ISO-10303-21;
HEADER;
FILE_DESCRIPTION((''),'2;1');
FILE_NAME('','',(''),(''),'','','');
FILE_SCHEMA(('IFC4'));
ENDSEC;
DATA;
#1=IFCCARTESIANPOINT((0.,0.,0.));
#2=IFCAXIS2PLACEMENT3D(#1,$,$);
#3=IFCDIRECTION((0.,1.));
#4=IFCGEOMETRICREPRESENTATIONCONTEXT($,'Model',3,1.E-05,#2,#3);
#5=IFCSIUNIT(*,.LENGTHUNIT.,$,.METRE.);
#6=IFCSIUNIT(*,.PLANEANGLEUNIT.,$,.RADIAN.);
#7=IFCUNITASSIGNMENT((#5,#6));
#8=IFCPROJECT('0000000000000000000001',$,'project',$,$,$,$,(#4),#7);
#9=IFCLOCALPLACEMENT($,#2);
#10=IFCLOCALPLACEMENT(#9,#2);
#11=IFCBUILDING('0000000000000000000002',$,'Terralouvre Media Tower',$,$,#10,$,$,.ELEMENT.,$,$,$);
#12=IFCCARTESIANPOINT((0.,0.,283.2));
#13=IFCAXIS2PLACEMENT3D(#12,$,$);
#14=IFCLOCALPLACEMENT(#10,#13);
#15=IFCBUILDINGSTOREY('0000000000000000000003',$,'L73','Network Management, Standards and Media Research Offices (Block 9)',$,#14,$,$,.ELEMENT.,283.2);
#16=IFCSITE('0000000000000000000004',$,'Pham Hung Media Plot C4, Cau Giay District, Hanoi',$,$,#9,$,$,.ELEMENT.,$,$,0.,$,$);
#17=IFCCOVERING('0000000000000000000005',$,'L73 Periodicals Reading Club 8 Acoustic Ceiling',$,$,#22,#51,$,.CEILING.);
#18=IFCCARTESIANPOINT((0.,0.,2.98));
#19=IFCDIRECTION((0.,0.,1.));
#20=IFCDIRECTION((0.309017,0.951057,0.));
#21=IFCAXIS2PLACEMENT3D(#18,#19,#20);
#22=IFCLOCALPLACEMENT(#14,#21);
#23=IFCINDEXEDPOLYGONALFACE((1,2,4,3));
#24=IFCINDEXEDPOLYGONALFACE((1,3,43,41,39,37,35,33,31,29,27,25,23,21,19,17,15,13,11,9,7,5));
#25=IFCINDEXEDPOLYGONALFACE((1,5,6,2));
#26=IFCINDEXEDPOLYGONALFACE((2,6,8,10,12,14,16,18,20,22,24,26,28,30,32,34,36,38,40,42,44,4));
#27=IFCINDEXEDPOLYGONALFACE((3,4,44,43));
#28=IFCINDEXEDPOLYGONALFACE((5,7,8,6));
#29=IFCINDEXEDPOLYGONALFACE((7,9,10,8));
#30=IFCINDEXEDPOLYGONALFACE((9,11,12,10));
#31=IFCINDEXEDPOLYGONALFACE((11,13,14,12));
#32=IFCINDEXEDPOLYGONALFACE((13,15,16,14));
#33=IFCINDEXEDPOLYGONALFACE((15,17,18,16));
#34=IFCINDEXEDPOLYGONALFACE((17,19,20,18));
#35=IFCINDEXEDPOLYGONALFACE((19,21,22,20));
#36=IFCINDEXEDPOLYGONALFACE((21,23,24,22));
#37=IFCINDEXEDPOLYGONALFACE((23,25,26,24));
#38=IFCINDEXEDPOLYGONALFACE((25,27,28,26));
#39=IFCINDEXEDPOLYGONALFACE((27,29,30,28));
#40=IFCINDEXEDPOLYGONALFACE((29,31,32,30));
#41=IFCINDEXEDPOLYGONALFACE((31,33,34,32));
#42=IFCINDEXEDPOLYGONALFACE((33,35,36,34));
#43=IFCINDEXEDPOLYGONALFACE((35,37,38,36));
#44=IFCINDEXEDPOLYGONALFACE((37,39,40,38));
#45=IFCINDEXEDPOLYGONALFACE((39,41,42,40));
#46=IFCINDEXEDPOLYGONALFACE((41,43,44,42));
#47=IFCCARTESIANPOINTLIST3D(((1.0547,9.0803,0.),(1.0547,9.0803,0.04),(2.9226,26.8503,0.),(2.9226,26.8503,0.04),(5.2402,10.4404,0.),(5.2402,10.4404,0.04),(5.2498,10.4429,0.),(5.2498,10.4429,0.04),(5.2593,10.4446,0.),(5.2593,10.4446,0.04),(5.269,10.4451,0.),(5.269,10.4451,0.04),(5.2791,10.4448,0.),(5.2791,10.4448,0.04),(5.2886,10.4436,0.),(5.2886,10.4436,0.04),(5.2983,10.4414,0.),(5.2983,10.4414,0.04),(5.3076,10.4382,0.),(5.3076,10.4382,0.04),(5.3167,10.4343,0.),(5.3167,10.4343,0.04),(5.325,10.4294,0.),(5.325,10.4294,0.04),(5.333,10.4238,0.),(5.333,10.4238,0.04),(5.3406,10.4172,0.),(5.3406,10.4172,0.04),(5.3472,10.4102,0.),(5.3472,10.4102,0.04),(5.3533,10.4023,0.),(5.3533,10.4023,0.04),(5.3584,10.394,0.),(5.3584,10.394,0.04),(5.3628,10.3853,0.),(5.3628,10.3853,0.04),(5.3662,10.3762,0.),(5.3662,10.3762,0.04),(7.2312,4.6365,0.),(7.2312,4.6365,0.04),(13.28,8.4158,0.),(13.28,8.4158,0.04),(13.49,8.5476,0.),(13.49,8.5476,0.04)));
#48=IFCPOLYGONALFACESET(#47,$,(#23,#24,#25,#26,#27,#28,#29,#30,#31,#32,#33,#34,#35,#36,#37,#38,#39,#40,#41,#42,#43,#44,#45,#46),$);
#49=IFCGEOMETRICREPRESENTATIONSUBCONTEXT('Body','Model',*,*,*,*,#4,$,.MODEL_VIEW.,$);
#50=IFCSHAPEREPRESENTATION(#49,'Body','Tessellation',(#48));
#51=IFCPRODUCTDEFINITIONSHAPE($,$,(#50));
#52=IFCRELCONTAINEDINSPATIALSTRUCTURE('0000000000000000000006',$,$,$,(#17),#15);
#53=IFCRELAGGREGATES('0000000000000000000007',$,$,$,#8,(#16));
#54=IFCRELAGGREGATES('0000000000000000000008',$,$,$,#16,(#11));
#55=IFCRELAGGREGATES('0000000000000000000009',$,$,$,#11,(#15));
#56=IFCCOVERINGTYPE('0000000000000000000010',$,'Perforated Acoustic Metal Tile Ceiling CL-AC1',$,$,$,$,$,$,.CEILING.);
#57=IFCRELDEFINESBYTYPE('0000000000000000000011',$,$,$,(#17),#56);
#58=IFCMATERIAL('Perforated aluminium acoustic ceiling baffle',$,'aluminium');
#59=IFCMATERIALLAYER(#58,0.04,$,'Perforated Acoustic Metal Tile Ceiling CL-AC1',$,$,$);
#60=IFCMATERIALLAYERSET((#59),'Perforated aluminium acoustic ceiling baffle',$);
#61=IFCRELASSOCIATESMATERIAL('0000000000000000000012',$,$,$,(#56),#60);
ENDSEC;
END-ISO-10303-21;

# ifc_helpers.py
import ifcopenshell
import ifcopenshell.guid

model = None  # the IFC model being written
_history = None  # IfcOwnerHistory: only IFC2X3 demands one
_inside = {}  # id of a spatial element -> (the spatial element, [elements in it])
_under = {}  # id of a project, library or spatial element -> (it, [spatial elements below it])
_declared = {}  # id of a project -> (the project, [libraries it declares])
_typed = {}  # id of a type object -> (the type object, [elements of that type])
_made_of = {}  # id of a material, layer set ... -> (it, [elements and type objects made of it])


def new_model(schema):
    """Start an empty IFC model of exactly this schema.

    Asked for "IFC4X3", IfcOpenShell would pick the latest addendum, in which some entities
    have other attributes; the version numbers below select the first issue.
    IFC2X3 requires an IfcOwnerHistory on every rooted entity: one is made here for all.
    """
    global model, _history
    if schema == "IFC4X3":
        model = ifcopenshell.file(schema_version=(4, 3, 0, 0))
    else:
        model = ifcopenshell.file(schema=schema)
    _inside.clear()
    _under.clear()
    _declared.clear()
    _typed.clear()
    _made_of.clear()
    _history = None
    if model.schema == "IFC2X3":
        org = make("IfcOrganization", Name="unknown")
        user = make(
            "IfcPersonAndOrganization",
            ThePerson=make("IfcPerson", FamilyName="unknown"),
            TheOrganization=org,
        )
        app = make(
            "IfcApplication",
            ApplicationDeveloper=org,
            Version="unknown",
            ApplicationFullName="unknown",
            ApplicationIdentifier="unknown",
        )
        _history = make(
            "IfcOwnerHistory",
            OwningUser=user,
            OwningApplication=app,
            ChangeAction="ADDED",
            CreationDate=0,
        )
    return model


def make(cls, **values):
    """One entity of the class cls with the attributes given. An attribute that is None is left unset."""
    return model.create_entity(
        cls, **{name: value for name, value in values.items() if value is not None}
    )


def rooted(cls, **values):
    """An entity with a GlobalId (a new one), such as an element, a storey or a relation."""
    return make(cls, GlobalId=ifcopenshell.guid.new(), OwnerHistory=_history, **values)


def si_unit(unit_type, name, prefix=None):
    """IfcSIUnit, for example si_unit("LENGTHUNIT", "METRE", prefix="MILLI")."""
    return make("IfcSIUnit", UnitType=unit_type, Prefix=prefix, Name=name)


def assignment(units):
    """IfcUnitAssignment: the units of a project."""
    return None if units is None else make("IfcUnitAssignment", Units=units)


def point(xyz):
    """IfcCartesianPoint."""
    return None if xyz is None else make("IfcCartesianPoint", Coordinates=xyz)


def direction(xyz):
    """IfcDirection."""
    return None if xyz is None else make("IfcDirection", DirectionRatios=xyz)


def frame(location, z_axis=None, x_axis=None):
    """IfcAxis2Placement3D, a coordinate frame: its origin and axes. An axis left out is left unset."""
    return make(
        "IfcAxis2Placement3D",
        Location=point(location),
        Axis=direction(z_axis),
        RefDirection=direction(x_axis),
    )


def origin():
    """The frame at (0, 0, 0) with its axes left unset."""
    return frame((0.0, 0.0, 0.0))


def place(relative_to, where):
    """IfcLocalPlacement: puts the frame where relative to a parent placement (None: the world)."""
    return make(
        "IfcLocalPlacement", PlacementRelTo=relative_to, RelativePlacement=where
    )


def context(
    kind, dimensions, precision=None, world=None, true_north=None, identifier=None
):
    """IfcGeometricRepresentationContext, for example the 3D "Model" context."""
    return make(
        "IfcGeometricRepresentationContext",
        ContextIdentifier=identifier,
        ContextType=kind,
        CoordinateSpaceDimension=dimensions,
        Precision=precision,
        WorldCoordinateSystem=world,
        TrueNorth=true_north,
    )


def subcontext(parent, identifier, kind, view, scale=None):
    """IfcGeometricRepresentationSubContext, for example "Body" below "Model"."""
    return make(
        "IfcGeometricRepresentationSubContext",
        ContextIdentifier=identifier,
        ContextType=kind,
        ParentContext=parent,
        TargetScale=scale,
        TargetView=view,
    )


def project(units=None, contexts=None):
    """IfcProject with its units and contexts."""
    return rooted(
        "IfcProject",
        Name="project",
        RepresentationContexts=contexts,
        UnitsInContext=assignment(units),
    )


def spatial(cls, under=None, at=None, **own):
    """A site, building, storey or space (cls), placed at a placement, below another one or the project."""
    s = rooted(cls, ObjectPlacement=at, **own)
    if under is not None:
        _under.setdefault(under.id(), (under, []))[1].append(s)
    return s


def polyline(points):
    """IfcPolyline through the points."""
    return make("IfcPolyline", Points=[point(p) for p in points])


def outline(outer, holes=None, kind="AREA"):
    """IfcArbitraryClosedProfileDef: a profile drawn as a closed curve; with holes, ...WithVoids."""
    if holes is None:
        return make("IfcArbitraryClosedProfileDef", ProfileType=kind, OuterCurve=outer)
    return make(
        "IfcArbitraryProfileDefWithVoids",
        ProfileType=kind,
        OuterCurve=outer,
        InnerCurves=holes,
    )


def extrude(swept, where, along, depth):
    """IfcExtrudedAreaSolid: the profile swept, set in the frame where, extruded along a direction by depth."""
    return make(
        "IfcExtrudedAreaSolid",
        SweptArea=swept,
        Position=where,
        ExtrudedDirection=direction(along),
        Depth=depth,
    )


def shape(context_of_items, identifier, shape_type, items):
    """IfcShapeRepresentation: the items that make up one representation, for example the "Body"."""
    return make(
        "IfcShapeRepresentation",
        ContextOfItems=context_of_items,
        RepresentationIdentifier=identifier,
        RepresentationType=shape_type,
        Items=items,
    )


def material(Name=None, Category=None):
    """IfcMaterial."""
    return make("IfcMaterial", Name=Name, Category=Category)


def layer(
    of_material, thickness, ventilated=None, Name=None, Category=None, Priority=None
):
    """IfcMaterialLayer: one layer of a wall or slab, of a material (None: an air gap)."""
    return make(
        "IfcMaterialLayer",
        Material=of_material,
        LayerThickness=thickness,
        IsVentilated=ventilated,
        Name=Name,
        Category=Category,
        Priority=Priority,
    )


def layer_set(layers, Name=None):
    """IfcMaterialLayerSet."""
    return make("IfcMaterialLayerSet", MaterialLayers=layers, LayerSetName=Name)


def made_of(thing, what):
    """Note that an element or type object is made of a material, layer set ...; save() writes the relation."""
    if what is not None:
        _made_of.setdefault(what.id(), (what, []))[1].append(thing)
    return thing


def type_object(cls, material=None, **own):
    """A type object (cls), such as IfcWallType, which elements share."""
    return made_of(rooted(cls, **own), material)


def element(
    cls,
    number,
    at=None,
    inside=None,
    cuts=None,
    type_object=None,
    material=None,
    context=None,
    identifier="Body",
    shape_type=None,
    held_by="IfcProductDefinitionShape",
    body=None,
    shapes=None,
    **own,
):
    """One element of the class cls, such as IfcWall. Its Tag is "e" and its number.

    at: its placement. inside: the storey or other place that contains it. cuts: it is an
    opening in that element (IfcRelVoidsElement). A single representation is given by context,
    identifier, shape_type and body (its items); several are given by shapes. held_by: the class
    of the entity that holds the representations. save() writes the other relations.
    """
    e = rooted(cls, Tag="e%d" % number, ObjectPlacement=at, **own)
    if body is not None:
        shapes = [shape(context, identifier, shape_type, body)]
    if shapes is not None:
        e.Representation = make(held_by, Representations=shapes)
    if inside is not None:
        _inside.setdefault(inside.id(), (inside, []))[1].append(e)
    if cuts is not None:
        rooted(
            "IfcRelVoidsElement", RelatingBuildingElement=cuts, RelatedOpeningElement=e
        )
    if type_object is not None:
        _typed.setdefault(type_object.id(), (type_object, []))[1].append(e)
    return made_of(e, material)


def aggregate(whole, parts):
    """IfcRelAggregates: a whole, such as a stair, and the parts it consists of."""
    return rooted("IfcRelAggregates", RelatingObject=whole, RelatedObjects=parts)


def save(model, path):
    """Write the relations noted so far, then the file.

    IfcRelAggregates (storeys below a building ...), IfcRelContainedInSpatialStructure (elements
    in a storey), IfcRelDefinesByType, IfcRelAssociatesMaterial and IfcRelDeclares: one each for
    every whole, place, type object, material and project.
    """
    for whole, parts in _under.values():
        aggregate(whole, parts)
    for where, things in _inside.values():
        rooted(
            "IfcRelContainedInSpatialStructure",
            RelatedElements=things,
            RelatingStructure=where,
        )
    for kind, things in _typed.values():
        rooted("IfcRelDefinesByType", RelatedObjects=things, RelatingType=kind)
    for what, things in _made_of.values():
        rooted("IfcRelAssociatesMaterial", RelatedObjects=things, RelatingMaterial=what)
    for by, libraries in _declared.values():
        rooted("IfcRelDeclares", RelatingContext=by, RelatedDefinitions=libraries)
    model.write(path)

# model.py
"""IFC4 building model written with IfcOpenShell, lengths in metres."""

from ifc_helpers import new_model, si_unit, direction, frame, origin, place, context, subcontext, project, spatial, polyline, outline, extrude, material, layer, layer_set, type_object, element, save


model = new_model("IFC4")

# Units and contexts
model_context = context("Model", 3, precision=1e-05, world=origin(), true_north=direction((0.0, 1.0)))
body_context = subcontext(model_context, "Body", "Model", "MODEL_VIEW")
ifc_project = project(units=[si_unit("LENGTHUNIT", "METRE"), si_unit("PLANEANGLEUNIT", "RADIAN")], contexts=[model_context])

# Site, building, storey
site_placement = place(None, origin())
site = spatial("IfcSite", under=ifc_project, at=site_placement, Name="Pham Hung Media Plot C4, Cau Giay District, Hanoi", CompositionType="ELEMENT", RefElevation=0.0)
building_placement = place(site_placement, origin())
building = spatial("IfcBuilding", under=site, at=building_placement, Name="Terralouvre Media Tower", CompositionType="ELEMENT")
storey_placement = place(building_placement, frame((0.0, 0.0, 283.2)))
storey = spatial("IfcBuildingStorey", under=building, at=storey_placement, Name="L73", Description="Network Management, Standards and Media Research Offices (Block 9)", CompositionType="ELEMENT", Elevation=283.2)

# Covering
ifc_material_1 = material(Name="Perforated aluminium acoustic ceiling baffle", Category="aluminium")
ifc_layer_1 = layer(ifc_material_1, 0.04, Name="Perforated Acoustic Metal Tile Ceiling CL-AC1")
ifc_layer_set_1 = layer_set([ifc_layer_1], Name="Perforated aluminium acoustic ceiling baffle")
covering_type = type_object("IfcCoveringType", Name="Perforated Acoustic Metal Tile Ceiling CL-AC1", PredefinedType="CEILING", material=ifc_layer_set_1)
covering_placement = place(storey_placement, frame((0.0, 0.0, 2.98), z_axis=(0.0, 0.0, 1.0), x_axis=(0.309017, 0.951057, 0.0)))
element("IfcCovering", 1, at=covering_placement, inside=storey, type_object=covering_type, Name="L73 Periodicals Reading Club 8 Acoustic Ceiling", PredefinedType="CEILING", context=body_context, shape_type="SweptSolid", body=[
    extrude(outline(polyline([(1.0547, 9.0803), (5.2402, 10.4404), (5.2498, 10.4429), (5.2593, 10.4446), (5.269, 10.4451), (5.2791, 10.4448), (5.2886, 10.4436), (5.2983, 10.4414), (5.3076, 10.4382), (5.3167, 10.4343), (5.325, 10.4294), (5.333, 10.4238), (5.3406, 10.4172), (5.3472, 10.4102), (5.3533, 10.4023), (5.3584, 10.394), (5.3628, 10.3853), (5.3662, 10.3762), (7.2312, 4.6365), (13.28, 8.4158), (13.49, 8.5476), (2.9226, 26.8503), (1.0547, 9.0803)])), origin(), (0.0, 0.0, 1.0), 0.04),
])

save(model, "model.ifc")
